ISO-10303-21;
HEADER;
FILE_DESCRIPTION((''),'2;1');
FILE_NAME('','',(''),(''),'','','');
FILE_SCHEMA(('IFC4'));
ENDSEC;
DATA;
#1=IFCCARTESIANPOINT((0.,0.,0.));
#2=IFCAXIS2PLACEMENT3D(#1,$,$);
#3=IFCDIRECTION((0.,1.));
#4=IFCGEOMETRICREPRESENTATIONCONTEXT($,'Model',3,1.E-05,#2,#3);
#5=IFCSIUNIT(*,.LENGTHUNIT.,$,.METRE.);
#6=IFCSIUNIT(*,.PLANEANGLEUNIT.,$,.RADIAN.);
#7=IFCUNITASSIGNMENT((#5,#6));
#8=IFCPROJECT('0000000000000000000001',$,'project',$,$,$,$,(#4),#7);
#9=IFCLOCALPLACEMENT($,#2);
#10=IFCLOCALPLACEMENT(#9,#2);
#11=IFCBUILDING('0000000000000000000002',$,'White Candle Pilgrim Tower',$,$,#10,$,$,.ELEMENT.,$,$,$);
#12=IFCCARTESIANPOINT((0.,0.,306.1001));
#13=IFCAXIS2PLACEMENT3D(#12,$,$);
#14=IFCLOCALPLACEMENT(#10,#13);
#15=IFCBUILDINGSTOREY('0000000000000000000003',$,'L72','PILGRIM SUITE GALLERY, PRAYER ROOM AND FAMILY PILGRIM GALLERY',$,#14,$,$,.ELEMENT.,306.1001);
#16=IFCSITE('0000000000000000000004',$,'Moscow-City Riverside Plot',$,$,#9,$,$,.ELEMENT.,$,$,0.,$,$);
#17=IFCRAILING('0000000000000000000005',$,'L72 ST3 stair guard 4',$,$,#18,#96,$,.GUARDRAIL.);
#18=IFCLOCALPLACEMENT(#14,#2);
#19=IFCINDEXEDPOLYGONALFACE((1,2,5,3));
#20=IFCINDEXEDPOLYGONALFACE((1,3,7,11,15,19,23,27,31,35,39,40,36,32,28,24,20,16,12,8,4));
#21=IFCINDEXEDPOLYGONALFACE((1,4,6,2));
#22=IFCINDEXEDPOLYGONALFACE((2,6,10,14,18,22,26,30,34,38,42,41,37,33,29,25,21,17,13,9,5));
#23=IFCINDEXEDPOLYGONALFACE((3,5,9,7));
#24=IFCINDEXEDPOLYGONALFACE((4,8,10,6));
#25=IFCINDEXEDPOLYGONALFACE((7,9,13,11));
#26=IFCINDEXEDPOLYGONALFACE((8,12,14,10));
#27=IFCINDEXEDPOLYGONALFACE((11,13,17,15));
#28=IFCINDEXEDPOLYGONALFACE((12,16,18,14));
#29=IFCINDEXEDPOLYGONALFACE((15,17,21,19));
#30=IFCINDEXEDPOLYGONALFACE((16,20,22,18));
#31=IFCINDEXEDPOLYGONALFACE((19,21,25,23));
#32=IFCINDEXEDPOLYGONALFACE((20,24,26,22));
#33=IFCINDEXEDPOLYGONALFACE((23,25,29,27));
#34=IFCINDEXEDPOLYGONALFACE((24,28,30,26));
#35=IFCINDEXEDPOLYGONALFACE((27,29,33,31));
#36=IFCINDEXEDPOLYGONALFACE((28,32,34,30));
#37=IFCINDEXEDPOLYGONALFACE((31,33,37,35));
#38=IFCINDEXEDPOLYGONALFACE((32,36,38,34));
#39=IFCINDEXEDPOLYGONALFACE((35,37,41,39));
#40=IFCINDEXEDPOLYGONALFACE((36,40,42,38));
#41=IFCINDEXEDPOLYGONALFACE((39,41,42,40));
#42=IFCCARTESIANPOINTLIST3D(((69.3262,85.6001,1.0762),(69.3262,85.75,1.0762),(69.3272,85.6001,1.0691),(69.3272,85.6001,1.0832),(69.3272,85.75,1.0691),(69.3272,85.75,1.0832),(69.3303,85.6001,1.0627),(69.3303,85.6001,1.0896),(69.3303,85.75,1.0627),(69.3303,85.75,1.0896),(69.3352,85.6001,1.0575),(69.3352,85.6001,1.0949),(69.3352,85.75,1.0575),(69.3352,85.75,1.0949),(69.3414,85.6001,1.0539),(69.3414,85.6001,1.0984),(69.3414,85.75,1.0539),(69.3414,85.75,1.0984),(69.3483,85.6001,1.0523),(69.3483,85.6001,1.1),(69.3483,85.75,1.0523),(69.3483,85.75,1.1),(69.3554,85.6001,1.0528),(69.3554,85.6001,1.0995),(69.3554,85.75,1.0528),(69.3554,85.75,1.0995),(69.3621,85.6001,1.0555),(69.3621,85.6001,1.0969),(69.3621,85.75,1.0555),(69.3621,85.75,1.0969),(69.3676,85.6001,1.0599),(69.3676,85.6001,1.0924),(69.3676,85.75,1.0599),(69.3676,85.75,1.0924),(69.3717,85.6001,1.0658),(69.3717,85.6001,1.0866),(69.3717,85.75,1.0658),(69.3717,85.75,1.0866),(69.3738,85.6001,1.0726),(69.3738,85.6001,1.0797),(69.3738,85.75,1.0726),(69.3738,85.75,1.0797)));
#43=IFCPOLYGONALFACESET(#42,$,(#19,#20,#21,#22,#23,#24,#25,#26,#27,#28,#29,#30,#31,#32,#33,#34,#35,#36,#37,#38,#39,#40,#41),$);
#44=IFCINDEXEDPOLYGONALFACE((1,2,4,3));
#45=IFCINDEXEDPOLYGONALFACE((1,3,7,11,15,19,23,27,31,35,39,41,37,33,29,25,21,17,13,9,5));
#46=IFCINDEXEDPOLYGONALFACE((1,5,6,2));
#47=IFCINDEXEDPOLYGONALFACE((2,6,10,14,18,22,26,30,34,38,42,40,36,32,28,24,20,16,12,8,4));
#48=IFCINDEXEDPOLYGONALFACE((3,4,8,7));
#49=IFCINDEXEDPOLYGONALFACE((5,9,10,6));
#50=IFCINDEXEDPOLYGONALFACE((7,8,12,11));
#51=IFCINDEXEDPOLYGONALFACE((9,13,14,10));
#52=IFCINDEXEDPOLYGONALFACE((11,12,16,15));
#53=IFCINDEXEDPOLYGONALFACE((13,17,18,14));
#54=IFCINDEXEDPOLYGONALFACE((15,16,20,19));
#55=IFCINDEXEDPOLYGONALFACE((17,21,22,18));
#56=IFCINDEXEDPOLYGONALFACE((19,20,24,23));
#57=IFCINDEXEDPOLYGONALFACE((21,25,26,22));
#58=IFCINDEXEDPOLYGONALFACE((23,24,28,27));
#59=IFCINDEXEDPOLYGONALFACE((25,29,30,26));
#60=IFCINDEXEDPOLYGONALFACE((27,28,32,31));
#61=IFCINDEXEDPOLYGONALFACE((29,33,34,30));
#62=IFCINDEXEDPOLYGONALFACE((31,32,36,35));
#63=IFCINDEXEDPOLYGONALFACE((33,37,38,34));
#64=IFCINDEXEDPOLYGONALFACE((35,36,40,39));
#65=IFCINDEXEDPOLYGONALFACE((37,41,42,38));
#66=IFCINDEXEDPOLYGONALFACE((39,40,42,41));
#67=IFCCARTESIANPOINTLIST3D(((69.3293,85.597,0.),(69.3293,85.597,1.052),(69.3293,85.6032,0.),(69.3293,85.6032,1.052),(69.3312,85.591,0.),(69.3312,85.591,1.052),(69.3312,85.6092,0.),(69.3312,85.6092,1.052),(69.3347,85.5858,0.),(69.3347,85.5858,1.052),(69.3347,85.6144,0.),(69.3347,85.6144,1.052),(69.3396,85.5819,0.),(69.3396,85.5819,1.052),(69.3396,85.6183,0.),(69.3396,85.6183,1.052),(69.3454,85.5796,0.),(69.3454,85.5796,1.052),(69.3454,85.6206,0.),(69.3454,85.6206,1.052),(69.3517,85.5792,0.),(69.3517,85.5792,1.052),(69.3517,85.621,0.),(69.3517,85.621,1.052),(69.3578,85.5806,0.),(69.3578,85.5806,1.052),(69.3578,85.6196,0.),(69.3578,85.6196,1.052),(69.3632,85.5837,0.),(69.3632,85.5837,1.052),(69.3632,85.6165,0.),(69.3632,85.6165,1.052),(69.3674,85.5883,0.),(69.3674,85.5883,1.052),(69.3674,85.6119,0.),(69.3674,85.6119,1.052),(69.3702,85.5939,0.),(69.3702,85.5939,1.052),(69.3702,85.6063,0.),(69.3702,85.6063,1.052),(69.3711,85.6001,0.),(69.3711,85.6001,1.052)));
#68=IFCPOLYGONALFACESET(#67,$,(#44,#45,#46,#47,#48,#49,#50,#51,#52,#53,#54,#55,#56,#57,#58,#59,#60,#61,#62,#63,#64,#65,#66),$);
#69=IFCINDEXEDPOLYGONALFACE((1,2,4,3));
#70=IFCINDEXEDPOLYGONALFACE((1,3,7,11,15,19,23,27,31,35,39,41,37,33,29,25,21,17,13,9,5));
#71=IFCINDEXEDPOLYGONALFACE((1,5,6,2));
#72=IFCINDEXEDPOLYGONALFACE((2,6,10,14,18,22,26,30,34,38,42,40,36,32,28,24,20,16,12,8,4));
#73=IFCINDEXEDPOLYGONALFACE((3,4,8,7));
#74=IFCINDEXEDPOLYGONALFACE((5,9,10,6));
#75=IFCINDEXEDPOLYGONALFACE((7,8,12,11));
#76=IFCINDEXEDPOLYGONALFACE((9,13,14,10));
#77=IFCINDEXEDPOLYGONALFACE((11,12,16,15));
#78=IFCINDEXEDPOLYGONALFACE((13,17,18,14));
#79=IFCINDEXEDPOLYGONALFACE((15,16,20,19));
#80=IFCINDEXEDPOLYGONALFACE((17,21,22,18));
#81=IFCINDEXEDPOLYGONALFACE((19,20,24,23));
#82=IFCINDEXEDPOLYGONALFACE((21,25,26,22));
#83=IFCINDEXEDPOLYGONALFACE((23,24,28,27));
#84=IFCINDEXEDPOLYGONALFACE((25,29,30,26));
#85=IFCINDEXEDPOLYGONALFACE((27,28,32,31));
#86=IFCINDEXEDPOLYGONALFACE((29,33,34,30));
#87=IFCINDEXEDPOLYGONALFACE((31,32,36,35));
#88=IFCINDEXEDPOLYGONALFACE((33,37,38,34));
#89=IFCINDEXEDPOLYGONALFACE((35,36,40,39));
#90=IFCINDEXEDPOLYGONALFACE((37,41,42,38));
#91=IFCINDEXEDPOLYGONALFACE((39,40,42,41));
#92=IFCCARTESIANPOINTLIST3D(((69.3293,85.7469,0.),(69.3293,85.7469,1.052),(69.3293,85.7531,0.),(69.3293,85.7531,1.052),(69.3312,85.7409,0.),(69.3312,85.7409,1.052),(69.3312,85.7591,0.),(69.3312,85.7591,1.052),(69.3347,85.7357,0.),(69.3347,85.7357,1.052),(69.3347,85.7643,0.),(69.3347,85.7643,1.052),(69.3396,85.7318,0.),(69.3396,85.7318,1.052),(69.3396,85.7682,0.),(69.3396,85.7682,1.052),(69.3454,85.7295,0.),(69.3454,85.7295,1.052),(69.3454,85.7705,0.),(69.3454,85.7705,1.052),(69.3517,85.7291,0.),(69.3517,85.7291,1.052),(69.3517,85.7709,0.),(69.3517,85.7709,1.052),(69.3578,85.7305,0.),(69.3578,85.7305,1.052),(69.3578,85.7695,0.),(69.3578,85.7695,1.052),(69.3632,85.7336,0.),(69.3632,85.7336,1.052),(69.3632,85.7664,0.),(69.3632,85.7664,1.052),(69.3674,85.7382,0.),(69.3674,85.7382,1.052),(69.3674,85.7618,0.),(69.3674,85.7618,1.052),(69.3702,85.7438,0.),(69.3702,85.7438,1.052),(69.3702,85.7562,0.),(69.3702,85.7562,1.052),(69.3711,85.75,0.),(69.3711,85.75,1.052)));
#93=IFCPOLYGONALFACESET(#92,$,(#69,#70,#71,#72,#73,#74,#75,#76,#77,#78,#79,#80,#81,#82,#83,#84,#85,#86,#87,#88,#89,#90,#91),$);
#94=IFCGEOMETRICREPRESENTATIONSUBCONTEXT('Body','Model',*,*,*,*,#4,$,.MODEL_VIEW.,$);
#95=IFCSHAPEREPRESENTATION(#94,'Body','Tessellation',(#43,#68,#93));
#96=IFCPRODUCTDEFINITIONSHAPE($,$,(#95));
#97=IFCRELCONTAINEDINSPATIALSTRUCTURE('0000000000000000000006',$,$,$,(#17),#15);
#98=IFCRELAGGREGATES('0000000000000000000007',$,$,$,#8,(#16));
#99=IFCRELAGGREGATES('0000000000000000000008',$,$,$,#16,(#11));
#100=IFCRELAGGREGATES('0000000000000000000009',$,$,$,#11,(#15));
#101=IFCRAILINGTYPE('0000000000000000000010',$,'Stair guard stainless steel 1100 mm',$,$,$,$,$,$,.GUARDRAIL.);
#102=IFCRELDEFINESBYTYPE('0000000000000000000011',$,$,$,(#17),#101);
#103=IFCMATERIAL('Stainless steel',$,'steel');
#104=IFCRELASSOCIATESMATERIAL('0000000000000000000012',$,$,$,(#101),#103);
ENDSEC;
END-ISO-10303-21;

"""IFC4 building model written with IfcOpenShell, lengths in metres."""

from ifc_helpers import new_model, si_unit, direction, frame, origin, origin_2d, place, context, subcontext, project, spatial, circle, extrude, material, type_object, element, save


model = new_model("IFC4")

# Units and contexts
model_context = context("Model", 3, precision=1e-05, world=origin(), true_north=direction((0.0, 1.0)))
body_context = subcontext(model_context, "Body", "Model", "MODEL_VIEW")
ifc_project = project(units=[si_unit("LENGTHUNIT", "METRE"), si_unit("PLANEANGLEUNIT", "RADIAN")], contexts=[model_context])

# Site, building, storey
site_placement = place(None, origin())
site = spatial("IfcSite", under=ifc_project, at=site_placement, Name="Moscow-City Riverside Plot", CompositionType="ELEMENT", RefElevation=0.0)
building_placement = place(site_placement, origin())
building = spatial("IfcBuilding", under=site, at=building_placement, Name="White Candle Pilgrim Tower", CompositionType="ELEMENT")
storey_placement = place(building_placement, frame((0.0, 0.0, 306.1001)))
storey = spatial("IfcBuildingStorey", under=building, at=storey_placement, Name="L72", Description="PILGRIM SUITE GALLERY, PRAYER ROOM AND FAMILY PILGRIM GALLERY", CompositionType="ELEMENT", Elevation=306.1001)

# Railing
ifc_material_1 = material(Name="Stainless steel", Category="steel")
railing_type_1 = type_object("IfcRailingType", Name="Stair guard stainless steel 1100 mm", PredefinedType="GUARDRAIL", material=ifc_material_1)
railing_1_placement = place(storey_placement, frame((69.3501, 85.6001, 0.0)))
element("IfcRailing", 1, at=railing_1_placement, inside=storey, type_object=railing_type_1, Name="L72 ST3 stair guard 4", PredefinedType="GUARDRAIL", context=body_context, shape_type="SweptSolid", body=[
    extrude(circle(Radius=0.0239, at=origin_2d()), frame((0.0, 0.0, 1.0762), z_axis=(0.0, 1.0, 0.0), x_axis=(-1.0, 0.0, 0.0)), (0.0, 0.0, 1.0), 0.1499),
    extrude(circle(Radius=0.021, at=origin_2d()), origin(), (0.0, 0.0, 1.0), 1.052),
    extrude(circle(Radius=0.021, at=origin_2d()), frame((0.0, 0.1499, 0.0)), (0.0, 0.0, 1.0), 1.052),
])

save(model, "model.ifc")
